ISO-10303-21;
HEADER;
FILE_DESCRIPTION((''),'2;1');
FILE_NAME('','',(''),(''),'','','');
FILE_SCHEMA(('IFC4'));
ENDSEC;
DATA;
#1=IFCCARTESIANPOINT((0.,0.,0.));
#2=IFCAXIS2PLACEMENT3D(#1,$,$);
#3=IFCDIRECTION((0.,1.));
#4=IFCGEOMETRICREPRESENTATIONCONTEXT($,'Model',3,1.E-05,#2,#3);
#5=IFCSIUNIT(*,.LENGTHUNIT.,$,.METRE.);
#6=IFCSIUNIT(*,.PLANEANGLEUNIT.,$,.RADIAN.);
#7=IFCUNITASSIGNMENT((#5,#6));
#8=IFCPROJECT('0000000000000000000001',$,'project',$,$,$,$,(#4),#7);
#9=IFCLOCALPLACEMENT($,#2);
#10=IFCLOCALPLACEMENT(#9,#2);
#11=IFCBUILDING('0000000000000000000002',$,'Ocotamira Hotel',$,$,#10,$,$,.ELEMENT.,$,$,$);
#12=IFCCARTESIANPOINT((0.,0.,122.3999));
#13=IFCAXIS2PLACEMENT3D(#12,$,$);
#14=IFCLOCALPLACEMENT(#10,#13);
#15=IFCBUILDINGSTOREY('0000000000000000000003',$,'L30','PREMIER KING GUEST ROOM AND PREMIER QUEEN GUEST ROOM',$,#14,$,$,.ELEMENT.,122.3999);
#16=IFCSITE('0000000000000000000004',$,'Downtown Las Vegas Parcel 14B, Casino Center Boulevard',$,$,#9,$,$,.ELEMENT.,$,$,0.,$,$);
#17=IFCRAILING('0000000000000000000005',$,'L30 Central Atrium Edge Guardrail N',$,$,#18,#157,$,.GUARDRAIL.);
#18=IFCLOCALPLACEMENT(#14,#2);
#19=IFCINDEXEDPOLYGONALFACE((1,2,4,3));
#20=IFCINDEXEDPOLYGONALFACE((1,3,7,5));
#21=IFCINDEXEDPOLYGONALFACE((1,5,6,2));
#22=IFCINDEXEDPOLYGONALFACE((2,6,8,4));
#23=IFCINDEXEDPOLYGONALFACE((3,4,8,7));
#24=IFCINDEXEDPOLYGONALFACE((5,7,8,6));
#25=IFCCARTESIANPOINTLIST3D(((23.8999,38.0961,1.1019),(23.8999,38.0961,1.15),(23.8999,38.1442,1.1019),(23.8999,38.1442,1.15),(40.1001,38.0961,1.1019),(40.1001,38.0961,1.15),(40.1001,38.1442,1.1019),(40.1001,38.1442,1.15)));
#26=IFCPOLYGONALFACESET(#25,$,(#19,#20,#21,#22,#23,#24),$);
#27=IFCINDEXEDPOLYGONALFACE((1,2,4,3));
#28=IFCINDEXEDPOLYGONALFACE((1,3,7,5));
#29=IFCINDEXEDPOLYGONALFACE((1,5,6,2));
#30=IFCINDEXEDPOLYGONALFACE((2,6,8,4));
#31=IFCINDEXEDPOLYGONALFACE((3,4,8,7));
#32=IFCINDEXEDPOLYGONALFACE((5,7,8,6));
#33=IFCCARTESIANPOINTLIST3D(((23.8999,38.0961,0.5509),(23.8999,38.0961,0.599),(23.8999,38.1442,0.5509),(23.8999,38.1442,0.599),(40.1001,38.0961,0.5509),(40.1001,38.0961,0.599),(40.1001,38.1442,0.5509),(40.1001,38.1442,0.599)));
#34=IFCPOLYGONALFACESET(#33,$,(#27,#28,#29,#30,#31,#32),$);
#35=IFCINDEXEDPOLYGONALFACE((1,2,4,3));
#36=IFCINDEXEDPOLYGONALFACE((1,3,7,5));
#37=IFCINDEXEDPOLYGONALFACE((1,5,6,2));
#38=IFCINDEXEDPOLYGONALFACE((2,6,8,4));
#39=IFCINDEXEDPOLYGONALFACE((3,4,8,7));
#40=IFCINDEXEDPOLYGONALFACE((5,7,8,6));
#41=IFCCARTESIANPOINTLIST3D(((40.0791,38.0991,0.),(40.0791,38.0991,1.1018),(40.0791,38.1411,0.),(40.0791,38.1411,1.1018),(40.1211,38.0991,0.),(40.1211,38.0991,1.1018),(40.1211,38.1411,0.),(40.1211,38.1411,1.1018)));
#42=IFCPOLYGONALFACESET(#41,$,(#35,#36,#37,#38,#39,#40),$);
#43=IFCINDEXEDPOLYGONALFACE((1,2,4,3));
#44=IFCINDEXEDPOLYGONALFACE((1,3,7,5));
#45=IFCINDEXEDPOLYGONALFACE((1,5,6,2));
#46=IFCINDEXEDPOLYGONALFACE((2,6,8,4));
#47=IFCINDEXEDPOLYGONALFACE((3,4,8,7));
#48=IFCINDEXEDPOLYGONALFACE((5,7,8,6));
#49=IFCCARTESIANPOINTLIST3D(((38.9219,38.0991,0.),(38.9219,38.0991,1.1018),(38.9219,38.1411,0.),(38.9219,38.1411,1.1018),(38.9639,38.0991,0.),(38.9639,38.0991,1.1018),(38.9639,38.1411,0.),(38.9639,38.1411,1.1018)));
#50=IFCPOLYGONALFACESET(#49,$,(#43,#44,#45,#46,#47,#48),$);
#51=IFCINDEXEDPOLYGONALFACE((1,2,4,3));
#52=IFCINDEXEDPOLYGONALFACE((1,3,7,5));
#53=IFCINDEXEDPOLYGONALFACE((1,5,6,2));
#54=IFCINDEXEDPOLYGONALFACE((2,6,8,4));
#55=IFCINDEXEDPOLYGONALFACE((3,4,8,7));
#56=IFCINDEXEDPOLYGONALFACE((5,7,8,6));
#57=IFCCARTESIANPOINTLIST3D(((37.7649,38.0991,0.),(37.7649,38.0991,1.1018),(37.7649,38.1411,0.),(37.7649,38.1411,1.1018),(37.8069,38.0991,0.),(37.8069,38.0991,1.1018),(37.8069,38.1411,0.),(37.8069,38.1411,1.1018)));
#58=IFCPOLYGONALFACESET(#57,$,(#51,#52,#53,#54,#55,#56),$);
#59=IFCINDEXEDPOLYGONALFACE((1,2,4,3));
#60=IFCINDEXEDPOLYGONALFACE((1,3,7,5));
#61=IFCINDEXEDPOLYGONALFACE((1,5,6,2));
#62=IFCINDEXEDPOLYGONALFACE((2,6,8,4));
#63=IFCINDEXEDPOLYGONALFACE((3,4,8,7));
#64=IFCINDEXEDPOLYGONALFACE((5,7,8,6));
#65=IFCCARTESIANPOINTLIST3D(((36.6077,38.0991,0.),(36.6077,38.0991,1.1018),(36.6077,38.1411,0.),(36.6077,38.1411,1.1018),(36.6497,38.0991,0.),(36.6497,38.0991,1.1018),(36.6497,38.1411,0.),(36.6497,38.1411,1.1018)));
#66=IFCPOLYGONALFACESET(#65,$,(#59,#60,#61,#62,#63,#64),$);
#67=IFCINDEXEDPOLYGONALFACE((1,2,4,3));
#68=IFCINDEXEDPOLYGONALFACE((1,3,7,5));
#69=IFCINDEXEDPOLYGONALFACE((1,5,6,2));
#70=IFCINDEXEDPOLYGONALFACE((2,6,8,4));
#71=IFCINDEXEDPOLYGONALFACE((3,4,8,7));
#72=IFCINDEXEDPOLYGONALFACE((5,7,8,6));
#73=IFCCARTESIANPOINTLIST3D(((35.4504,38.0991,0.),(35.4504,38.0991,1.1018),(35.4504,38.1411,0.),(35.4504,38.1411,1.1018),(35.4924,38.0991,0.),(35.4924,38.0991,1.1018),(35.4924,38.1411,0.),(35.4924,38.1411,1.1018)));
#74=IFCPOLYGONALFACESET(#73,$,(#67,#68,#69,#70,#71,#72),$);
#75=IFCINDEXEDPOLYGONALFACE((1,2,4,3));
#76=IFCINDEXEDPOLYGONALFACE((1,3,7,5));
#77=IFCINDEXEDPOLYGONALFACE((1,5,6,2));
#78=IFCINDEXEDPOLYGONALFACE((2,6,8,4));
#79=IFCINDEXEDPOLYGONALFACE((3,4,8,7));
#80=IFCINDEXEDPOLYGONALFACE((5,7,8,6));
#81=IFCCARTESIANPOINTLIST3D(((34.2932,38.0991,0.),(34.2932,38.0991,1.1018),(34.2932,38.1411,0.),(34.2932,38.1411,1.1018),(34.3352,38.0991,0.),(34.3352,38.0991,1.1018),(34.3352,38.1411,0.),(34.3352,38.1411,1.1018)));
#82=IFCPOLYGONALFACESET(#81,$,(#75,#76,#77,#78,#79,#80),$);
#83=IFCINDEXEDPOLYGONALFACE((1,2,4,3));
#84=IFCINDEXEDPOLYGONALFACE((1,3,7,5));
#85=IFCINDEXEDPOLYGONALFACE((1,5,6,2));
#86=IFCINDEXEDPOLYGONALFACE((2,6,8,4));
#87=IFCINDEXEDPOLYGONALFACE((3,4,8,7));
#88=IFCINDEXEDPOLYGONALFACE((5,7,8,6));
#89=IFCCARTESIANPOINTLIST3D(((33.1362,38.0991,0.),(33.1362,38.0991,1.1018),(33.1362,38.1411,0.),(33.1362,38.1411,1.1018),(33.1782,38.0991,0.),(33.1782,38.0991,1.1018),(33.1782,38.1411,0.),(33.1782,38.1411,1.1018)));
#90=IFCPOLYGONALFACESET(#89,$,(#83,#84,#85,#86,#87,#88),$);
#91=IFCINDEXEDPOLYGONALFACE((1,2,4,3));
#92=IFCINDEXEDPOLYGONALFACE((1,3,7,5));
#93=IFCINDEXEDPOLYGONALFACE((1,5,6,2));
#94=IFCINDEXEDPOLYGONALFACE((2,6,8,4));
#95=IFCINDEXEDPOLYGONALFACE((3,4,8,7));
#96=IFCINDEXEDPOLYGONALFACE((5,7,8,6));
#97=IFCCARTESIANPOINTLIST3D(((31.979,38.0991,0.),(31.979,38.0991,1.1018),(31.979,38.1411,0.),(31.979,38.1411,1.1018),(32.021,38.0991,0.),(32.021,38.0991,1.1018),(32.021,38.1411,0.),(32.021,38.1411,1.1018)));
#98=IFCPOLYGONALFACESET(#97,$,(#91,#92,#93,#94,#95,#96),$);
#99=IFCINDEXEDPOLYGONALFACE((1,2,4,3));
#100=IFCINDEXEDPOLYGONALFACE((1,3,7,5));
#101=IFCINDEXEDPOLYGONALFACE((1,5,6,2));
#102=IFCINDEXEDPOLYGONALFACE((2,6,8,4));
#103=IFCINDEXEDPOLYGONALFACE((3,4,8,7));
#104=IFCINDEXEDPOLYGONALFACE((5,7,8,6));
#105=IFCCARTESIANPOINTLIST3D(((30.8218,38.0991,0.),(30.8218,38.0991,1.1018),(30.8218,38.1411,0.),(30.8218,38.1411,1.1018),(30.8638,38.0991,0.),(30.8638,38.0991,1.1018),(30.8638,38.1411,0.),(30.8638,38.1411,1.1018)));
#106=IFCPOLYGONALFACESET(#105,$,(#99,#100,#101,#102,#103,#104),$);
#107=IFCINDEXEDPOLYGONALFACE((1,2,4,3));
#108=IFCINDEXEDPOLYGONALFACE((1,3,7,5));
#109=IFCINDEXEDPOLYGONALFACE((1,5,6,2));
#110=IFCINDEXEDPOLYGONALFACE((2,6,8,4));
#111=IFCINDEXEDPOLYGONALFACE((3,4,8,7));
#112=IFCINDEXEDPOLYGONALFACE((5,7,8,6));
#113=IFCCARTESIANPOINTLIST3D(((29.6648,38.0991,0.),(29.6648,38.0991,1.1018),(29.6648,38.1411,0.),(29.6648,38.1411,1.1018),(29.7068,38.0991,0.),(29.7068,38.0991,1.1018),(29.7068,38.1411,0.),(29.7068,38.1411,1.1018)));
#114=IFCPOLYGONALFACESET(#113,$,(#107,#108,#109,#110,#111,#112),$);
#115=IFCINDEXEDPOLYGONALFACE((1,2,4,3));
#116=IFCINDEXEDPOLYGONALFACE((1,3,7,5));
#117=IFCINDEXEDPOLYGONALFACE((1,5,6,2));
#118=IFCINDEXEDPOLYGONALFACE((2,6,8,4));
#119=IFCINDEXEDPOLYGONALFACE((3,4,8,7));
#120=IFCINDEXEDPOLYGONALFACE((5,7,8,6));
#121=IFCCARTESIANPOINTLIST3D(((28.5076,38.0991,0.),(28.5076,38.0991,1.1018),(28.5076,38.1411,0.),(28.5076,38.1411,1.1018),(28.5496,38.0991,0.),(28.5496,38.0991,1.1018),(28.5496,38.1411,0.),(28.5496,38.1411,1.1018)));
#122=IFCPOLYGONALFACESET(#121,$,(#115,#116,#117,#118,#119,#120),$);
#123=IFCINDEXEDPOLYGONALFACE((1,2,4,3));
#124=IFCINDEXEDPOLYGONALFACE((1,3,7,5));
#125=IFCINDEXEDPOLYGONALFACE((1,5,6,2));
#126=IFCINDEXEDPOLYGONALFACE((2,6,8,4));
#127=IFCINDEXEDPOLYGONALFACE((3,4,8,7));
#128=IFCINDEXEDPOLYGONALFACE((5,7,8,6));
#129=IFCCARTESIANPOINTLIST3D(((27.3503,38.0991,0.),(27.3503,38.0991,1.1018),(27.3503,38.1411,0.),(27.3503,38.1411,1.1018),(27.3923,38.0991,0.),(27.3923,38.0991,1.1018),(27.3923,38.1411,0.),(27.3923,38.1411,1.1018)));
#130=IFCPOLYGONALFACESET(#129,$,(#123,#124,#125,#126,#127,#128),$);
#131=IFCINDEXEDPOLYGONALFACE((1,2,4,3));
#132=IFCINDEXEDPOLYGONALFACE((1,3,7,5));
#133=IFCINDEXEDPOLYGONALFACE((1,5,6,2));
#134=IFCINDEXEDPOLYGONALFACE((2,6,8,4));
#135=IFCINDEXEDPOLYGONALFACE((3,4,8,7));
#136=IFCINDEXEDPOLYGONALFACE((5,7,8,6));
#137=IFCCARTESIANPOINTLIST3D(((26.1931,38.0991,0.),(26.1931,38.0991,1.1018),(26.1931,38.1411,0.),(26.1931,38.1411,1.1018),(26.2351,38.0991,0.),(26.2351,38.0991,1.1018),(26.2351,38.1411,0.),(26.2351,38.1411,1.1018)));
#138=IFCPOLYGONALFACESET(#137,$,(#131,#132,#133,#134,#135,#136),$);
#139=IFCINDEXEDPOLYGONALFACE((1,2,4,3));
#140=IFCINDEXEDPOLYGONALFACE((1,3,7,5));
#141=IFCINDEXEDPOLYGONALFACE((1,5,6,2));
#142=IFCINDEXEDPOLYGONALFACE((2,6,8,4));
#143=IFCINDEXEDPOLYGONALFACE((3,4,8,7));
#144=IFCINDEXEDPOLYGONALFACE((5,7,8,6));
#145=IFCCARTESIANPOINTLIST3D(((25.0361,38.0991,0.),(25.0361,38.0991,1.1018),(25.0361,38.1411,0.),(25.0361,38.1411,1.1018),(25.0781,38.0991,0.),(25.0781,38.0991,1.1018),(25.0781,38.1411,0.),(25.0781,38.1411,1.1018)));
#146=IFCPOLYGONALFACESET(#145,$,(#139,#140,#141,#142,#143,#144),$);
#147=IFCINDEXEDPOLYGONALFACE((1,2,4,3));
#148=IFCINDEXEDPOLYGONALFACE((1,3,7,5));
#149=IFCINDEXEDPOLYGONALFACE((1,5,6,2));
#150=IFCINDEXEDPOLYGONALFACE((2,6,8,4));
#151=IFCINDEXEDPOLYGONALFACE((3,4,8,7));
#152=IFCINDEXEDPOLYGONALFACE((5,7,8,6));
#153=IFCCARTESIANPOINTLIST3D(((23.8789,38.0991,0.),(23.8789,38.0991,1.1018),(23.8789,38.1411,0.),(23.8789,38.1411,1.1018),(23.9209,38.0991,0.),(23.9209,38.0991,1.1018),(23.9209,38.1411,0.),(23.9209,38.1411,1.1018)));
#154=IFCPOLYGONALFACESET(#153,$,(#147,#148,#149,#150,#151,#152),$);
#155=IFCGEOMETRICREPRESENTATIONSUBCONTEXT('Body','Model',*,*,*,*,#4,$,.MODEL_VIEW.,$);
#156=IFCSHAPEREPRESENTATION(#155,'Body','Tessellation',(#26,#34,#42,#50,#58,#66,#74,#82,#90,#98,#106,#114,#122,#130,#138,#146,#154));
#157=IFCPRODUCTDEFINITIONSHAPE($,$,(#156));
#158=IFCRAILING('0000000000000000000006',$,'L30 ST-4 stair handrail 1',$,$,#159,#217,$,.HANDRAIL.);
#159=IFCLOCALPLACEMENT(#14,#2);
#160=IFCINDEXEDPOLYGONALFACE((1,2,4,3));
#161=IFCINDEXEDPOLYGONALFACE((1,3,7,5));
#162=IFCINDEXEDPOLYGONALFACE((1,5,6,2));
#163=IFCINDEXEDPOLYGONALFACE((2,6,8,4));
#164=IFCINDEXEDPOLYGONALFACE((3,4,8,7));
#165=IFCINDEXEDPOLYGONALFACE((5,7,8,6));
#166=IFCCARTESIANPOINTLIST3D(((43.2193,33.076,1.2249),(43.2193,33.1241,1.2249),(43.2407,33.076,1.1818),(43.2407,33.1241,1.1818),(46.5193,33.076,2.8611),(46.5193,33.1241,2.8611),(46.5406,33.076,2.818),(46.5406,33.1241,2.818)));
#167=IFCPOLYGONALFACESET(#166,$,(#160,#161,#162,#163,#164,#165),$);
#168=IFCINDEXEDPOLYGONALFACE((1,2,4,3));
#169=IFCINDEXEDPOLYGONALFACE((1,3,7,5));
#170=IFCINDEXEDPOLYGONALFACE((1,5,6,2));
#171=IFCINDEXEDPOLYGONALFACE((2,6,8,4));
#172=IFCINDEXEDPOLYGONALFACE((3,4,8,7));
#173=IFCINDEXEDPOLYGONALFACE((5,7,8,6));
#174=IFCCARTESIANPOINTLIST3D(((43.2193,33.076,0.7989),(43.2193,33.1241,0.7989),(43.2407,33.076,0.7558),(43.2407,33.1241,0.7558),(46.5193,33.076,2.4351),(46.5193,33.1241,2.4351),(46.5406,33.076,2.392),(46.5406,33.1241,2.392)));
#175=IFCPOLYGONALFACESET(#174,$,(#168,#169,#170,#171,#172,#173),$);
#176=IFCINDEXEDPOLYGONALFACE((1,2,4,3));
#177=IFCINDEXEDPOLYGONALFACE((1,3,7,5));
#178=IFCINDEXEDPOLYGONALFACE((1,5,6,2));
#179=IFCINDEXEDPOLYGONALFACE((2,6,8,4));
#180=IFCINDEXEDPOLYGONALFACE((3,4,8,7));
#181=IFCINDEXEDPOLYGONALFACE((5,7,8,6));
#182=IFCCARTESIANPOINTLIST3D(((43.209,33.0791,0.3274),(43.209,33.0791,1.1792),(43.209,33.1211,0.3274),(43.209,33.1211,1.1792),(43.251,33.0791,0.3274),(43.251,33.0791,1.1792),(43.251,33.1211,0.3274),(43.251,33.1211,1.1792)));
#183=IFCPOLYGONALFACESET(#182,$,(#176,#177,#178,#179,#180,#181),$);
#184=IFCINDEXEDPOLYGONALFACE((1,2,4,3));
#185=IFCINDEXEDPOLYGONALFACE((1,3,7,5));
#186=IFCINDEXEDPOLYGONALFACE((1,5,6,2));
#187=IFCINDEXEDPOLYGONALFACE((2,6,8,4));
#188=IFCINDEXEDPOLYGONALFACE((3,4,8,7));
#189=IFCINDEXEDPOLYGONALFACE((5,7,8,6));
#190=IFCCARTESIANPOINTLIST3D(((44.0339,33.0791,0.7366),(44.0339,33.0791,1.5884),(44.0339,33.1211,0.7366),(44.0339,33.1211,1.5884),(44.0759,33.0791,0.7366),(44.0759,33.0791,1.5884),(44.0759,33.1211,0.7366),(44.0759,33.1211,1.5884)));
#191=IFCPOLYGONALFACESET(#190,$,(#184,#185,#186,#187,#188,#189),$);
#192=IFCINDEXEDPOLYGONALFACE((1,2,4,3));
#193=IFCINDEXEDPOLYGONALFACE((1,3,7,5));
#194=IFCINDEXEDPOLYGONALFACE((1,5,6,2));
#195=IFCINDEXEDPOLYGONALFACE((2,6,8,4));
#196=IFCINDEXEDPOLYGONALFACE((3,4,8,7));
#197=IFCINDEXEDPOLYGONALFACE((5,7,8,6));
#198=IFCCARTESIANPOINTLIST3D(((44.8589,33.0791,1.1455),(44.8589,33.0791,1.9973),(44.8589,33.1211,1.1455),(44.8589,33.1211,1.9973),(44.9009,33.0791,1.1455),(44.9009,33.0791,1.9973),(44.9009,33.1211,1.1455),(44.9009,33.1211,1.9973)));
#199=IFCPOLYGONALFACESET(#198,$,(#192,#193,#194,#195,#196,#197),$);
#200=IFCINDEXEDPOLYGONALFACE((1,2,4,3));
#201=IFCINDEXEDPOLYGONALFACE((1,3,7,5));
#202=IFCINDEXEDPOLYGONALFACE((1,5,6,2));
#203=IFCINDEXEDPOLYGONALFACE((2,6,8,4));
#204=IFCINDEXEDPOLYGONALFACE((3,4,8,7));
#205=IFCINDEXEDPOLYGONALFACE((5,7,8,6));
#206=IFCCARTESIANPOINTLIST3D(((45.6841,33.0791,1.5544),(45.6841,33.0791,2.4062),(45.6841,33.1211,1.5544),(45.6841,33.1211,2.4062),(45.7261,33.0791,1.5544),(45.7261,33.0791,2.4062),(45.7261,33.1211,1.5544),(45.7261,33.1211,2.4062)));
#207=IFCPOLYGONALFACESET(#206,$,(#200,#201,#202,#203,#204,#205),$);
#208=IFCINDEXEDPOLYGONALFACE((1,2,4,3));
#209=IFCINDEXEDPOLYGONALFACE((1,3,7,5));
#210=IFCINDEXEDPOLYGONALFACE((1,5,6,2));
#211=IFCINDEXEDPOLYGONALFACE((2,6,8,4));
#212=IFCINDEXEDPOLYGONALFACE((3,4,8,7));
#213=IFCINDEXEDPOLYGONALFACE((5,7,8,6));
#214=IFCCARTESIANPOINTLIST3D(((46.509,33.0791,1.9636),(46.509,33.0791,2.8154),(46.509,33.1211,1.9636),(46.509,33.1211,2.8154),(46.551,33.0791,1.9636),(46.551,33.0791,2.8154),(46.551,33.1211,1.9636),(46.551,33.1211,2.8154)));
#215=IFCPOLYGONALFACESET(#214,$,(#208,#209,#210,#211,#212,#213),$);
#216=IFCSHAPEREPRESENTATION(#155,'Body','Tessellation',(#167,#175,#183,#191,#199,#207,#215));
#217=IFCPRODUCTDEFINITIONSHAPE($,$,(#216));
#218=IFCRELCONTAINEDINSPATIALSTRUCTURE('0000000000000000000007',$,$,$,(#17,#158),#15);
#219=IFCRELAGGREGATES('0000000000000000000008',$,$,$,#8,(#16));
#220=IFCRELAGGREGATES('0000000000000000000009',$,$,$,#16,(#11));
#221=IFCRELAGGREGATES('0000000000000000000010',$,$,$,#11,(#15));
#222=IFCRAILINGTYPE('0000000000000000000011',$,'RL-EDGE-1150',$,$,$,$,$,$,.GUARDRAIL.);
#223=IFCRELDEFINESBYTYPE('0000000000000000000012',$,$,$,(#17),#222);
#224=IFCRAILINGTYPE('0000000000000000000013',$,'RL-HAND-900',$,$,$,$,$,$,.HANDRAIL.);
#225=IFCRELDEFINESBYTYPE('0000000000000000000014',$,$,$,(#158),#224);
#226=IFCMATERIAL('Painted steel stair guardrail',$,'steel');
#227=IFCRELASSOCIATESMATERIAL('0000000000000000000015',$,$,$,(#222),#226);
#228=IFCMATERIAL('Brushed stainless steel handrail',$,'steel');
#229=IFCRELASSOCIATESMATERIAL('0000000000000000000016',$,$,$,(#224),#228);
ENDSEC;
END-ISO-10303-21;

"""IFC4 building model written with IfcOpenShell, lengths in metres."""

from ifc_helpers import new_model, si_unit, direction, frame, origin, origin_2d, place, context, subcontext, project, spatial, rectangle, extrude, material, type_object, element, save


model = new_model("IFC4")

# Units and contexts
model_context = context("Model", 3, precision=1e-05, world=origin(), true_north=direction((0.0, 1.0)))
body_context = subcontext(model_context, "Body", "Model", "MODEL_VIEW")
ifc_project = project(units=[si_unit("LENGTHUNIT", "METRE"), si_unit("PLANEANGLEUNIT", "RADIAN")], contexts=[model_context])

# Site, building, storey
site_placement = place(None, origin())
site = spatial("IfcSite", under=ifc_project, at=site_placement, Name="Downtown Las Vegas Parcel 14B, Casino Center Boulevard", CompositionType="ELEMENT", RefElevation=0.0)
building_placement = place(site_placement, origin())
building = spatial("IfcBuilding", under=site, at=building_placement, Name="Ocotamira Hotel", CompositionType="ELEMENT")
storey_placement = place(building_placement, frame((0.0, 0.0, 122.3999)))
storey = spatial("IfcBuildingStorey", under=building, at=storey_placement, Name="L30", Description="PREMIER KING GUEST ROOM AND PREMIER QUEEN GUEST ROOM", CompositionType="ELEMENT", Elevation=122.3999)

# Railings
ifc_material_1 = material(Name="Painted steel stair guardrail", Category="steel")
railing_type_1 = type_object("IfcRailingType", Name="RL-EDGE-1150", PredefinedType="GUARDRAIL", material=ifc_material_1)
railing_1_placement = place(storey_placement, frame((40.1001, 38.1201, 0.0)))
element("IfcRailing", 1, at=railing_1_placement, inside=storey, type_object=railing_type_1, Name="L30 Central Atrium Edge Guardrail N", PredefinedType="GUARDRAIL", context=body_context, shape_type="SweptSolid", body=[
    extrude(rectangle(XDim=0.0481, YDim=0.0481, at=origin_2d()), frame((0.0, 0.0, 1.126), z_axis=(-1.0, 0.0, 0.0), x_axis=(0.0, -1.0, 0.0)), (0.0, 0.0, 1.0), 16.2002),
    extrude(rectangle(XDim=0.0481, YDim=0.0481, at=origin_2d()), frame((0.0, 0.0, 0.575), z_axis=(-1.0, 0.0, 0.0), x_axis=(0.0, -1.0, 0.0)), (0.0, 0.0, 1.0), 16.2002),
    extrude(rectangle(XDim=0.042, YDim=0.042, at=origin_2d()), origin(), (0.0, 0.0, 1.0), 1.1018),
    extrude(rectangle(XDim=0.042, YDim=0.042, at=origin_2d()), frame((-1.1572, 0.0, 0.0)), (0.0, 0.0, 1.0), 1.1018),
    extrude(rectangle(XDim=0.042, YDim=0.042, at=origin_2d()), frame((-2.3142, 0.0, 0.0)), (0.0, 0.0, 1.0), 1.1018),
    extrude(rectangle(XDim=0.042, YDim=0.042, at=origin_2d()), frame((-3.4714, 0.0, 0.0)), (0.0, 0.0, 1.0), 1.1018),
    extrude(rectangle(XDim=0.042, YDim=0.042, at=origin_2d()), frame((-4.6287, 0.0, 0.0)), (0.0, 0.0, 1.0), 1.1018),
    extrude(rectangle(XDim=0.042, YDim=0.042, at=origin_2d()), frame((-5.7859, 0.0, 0.0)), (0.0, 0.0, 1.0), 1.1018),
    extrude(rectangle(XDim=0.042, YDim=0.042, at=origin_2d()), frame((-6.9429, 0.0, 0.0)), (0.0, 0.0, 1.0), 1.1018),
    extrude(rectangle(XDim=0.042, YDim=0.042, at=origin_2d()), frame((-8.1001, 0.0, 0.0)), (0.0, 0.0, 1.0), 1.1018),
    extrude(rectangle(XDim=0.042, YDim=0.042, at=origin_2d()), frame((-9.2573, 0.0, 0.0)), (0.0, 0.0, 1.0), 1.1018),
    extrude(rectangle(XDim=0.042, YDim=0.042, at=origin_2d()), frame((-10.4143, 0.0, 0.0)), (0.0, 0.0, 1.0), 1.1018),
    extrude(rectangle(XDim=0.042, YDim=0.042, at=origin_2d()), frame((-11.5715, 0.0, 0.0)), (0.0, 0.0, 1.0), 1.1018),
    extrude(rectangle(XDim=0.042, YDim=0.042, at=origin_2d()), frame((-12.7288, 0.0, 0.0)), (0.0, 0.0, 1.0), 1.1018),
    extrude(rectangle(XDim=0.042, YDim=0.042, at=origin_2d()), frame((-13.886, 0.0, 0.0)), (0.0, 0.0, 1.0), 1.1018),
    extrude(rectangle(XDim=0.042, YDim=0.042, at=origin_2d()), frame((-15.043, 0.0, 0.0)), (0.0, 0.0, 1.0), 1.1018),
    extrude(rectangle(XDim=0.042, YDim=0.042, at=origin_2d()), frame((-16.2002, 0.0, 0.0)), (0.0, 0.0, 1.0), 1.1018),
])
ifc_material_2 = material(Name="Brushed stainless steel handrail", Category="steel")
railing_type_2 = type_object("IfcRailingType", Name="RL-HAND-900", PredefinedType="HANDRAIL", material=ifc_material_2)
railing_2_placement = place(storey_placement, frame((43.23, 33.1001, 0.3274)))
element("IfcRailing", 2, at=railing_2_placement, inside=storey, type_object=railing_type_2, Name="L30 ST-4 stair handrail 1", PredefinedType="HANDRAIL", context=body_context, shape_type="SweptSolid", body=[
    extrude(rectangle(XDim=0.0481, YDim=0.0481, at=origin_2d()), frame((0.0, 0.0, 0.876), z_axis=(0.89592, 0.0, 0.444215), x_axis=(0.0, 1.0, 0.0)), (0.0, 0.0, 1.0), 3.6833),
    extrude(rectangle(XDim=0.0481, YDim=0.0481, at=origin_2d()), frame((0.0, 0.0, 0.45), z_axis=(0.89592, 0.0, 0.444215), x_axis=(0.0, 1.0, 0.0)), (0.0, 0.0, 1.0), 3.6833),
    extrude(rectangle(XDim=0.042, YDim=0.042, at=origin_2d()), origin(), (0.0, 0.0, 1.0), 0.8518),
    extrude(rectangle(XDim=0.042, YDim=0.042, at=origin_2d()), frame((0.825, 0.0, 0.4092)), (0.0, 0.0, 1.0), 0.8518),
    extrude(rectangle(XDim=0.042, YDim=0.042, at=origin_2d()), frame((1.6499, 0.0, 0.8181)), (0.0, 0.0, 1.0), 0.8518),
    extrude(rectangle(XDim=0.042, YDim=0.042, at=origin_2d()), frame((2.4751, 0.0, 1.2271)), (0.0, 0.0, 1.0), 0.8518),
    extrude(rectangle(XDim=0.042, YDim=0.042, at=origin_2d()), frame((3.3, 0.0, 1.6362)), (0.0, 0.0, 1.0), 0.8518),
])

save(model, "model.ifc")
